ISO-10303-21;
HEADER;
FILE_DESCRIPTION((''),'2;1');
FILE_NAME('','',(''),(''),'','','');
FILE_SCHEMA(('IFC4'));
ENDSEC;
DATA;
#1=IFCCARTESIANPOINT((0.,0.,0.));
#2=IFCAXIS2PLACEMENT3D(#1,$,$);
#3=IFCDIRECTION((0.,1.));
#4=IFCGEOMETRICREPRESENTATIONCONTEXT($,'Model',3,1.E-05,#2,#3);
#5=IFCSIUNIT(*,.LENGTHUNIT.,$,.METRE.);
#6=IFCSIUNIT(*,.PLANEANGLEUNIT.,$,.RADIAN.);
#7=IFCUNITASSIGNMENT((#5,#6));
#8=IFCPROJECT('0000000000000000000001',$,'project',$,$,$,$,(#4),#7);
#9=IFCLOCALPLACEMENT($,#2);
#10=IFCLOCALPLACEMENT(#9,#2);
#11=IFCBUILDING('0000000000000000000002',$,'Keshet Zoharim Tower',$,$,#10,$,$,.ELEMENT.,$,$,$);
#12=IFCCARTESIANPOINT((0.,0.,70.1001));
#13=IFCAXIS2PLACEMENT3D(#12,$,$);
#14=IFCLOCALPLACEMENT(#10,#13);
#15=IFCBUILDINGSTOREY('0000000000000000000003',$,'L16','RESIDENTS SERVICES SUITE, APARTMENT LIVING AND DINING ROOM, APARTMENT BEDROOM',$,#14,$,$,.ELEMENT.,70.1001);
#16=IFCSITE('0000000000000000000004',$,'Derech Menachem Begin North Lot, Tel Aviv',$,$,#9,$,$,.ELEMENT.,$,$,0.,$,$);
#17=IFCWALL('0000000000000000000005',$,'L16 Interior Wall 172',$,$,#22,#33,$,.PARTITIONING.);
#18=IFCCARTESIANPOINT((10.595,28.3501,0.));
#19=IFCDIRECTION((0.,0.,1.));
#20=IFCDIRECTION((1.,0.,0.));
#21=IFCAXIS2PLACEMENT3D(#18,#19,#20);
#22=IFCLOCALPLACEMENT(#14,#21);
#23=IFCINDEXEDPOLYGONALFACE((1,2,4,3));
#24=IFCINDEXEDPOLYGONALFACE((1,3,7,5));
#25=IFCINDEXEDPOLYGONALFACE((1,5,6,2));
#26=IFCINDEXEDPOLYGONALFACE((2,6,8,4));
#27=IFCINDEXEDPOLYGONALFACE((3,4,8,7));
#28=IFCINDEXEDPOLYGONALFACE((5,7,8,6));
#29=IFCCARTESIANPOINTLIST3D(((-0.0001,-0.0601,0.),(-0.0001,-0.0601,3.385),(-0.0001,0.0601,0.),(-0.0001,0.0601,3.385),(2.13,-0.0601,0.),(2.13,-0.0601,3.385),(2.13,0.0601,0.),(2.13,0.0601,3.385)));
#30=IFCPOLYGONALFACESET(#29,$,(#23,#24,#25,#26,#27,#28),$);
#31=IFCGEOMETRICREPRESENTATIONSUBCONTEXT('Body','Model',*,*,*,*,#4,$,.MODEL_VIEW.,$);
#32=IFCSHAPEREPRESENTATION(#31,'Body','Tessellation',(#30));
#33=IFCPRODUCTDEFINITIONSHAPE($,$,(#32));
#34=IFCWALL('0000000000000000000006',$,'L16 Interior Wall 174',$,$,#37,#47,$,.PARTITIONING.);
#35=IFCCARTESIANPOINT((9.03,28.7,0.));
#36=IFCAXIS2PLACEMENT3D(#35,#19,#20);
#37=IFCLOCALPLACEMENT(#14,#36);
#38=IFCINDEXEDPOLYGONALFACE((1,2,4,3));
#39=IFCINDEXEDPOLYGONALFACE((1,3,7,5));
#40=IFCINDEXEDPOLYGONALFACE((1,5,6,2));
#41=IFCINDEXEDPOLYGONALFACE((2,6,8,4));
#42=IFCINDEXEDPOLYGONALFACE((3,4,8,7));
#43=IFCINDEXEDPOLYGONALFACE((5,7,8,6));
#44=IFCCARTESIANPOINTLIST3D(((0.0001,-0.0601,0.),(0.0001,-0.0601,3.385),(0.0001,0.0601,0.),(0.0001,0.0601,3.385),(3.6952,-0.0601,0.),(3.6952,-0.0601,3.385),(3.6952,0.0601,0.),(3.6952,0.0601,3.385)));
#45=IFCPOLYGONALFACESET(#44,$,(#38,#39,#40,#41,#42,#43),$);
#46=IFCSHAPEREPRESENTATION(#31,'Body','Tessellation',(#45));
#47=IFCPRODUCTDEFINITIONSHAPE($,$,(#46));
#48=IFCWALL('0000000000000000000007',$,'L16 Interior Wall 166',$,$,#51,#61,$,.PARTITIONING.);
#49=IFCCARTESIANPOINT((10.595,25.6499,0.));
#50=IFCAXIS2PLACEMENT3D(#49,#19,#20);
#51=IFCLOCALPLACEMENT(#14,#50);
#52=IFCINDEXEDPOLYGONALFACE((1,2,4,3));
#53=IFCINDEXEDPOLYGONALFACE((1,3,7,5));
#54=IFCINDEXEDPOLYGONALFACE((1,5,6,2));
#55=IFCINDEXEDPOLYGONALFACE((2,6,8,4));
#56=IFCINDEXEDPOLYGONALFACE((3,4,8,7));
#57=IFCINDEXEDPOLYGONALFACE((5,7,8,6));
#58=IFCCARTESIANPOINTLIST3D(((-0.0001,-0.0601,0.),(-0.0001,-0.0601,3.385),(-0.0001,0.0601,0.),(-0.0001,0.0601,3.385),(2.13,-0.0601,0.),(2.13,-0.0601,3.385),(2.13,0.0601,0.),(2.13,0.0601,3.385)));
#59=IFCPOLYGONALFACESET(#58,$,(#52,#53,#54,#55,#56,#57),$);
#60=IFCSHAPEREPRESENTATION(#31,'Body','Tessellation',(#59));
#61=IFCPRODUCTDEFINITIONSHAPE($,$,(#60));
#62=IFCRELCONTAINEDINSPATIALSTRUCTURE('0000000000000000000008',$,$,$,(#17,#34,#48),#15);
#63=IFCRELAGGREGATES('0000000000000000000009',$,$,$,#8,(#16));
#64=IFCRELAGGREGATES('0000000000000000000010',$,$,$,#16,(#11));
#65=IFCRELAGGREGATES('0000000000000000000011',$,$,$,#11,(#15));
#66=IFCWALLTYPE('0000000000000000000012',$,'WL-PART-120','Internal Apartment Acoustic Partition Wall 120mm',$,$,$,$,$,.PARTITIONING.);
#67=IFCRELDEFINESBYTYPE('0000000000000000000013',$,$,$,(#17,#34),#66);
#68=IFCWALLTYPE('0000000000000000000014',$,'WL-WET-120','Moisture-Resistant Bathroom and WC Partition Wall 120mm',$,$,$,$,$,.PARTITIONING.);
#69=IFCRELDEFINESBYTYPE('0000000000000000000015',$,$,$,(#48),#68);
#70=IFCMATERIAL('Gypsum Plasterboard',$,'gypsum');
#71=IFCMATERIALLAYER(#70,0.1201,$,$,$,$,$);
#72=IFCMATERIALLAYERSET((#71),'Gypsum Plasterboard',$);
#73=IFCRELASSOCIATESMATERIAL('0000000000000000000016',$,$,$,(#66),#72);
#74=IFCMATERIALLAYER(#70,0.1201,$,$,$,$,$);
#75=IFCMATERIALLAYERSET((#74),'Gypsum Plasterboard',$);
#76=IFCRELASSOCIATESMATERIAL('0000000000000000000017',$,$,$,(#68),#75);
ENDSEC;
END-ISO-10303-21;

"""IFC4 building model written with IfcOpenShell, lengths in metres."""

from ifc_helpers import new_model, si_unit, direction, frame, frame_2d, origin, place, context, subcontext, project, spatial, rectangle, extrude, material, layer, layer_set, type_object, element, save


model = new_model("IFC4")

# Units and contexts
model_context = context("Model", 3, precision=1e-05, world=origin(), true_north=direction((0.0, 1.0)))
body_context = subcontext(model_context, "Body", "Model", "MODEL_VIEW")
ifc_project = project(units=[si_unit("LENGTHUNIT", "METRE"), si_unit("PLANEANGLEUNIT", "RADIAN")], contexts=[model_context])

# Site, building, storey
site_placement = place(None, origin())
site = spatial("IfcSite", under=ifc_project, at=site_placement, Name="Derech Menachem Begin North Lot, Tel Aviv", CompositionType="ELEMENT", RefElevation=0.0)
building_placement = place(site_placement, origin())
building = spatial("IfcBuilding", under=site, at=building_placement, Name="Keshet Zoharim Tower", CompositionType="ELEMENT")
storey_placement = place(building_placement, frame((0.0, 0.0, 70.1001)))
storey = spatial("IfcBuildingStorey", under=building, at=storey_placement, Name="L16", Description="RESIDENTS SERVICES SUITE, APARTMENT LIVING AND DINING ROOM, APARTMENT BEDROOM", CompositionType="ELEMENT", Elevation=70.1001)

# Shared definitions
ifc_material_1 = material(Name="Gypsum Plasterboard", Category="gypsum")
ifc_layer_1 = layer(ifc_material_1, 0.1201)
ifc_layer_set_1 = layer_set([ifc_layer_1], Name="Gypsum Plasterboard")
wall_type_1 = type_object("IfcWallType", Name="WL-PART-120", Description="Internal Apartment Acoustic Partition Wall 120mm", PredefinedType="PARTITIONING", material=ifc_layer_set_1)

# Walls
wall_1_placement = place(storey_placement, frame((10.595, 28.3501, 0.0), z_axis=(0.0, 0.0, 1.0), x_axis=(1.0, 0.0, 0.0)))
element("IfcWall", 1, at=wall_1_placement, inside=storey, type_object=wall_type_1, Name="L16 Interior Wall 172", PredefinedType="PARTITIONING", context=body_context, shape_type="SweptSolid", body=[
    extrude(rectangle(XDim=2.1301, YDim=0.1201, at=frame_2d((1.0649, 0.0))), origin(), (0.0, 0.0, 1.0), 3.385),
])
wall_2_placement = place(storey_placement, frame((9.03, 28.7, 0.0), z_axis=(0.0, 0.0, 1.0), x_axis=(1.0, 0.0, 0.0)))
element("IfcWall", 2, at=wall_2_placement, inside=storey, type_object=wall_type_1, Name="L16 Interior Wall 174", PredefinedType="PARTITIONING", context=body_context, shape_type="SweptSolid", body=[
    extrude(rectangle(XDim=3.6951, YDim=0.1201, at=frame_2d((1.8477, 0.0))), origin(), (0.0, 0.0, 1.0), 3.385),
])

# Wall
ifc_layer_2 = layer(ifc_material_1, 0.1201)
ifc_layer_set_2 = layer_set([ifc_layer_2], Name="Gypsum Plasterboard")
wall_type_2 = type_object("IfcWallType", Name="WL-WET-120", Description="Moisture-Resistant Bathroom and WC Partition Wall 120mm", PredefinedType="PARTITIONING", material=ifc_layer_set_2)
wall_3_placement = place(storey_placement, frame((10.595, 25.6499, 0.0), z_axis=(0.0, 0.0, 1.0), x_axis=(1.0, 0.0, 0.0)))
element("IfcWall", 3, at=wall_3_placement, inside=storey, type_object=wall_type_2, Name="L16 Interior Wall 166", PredefinedType="PARTITIONING", context=body_context, shape_type="SweptSolid", body=[
    extrude(rectangle(XDim=2.1301, YDim=0.1201, at=frame_2d((1.0649, 0.0))), origin(), (0.0, 0.0, 1.0), 3.385),
])

save(model, "model.ifc")
